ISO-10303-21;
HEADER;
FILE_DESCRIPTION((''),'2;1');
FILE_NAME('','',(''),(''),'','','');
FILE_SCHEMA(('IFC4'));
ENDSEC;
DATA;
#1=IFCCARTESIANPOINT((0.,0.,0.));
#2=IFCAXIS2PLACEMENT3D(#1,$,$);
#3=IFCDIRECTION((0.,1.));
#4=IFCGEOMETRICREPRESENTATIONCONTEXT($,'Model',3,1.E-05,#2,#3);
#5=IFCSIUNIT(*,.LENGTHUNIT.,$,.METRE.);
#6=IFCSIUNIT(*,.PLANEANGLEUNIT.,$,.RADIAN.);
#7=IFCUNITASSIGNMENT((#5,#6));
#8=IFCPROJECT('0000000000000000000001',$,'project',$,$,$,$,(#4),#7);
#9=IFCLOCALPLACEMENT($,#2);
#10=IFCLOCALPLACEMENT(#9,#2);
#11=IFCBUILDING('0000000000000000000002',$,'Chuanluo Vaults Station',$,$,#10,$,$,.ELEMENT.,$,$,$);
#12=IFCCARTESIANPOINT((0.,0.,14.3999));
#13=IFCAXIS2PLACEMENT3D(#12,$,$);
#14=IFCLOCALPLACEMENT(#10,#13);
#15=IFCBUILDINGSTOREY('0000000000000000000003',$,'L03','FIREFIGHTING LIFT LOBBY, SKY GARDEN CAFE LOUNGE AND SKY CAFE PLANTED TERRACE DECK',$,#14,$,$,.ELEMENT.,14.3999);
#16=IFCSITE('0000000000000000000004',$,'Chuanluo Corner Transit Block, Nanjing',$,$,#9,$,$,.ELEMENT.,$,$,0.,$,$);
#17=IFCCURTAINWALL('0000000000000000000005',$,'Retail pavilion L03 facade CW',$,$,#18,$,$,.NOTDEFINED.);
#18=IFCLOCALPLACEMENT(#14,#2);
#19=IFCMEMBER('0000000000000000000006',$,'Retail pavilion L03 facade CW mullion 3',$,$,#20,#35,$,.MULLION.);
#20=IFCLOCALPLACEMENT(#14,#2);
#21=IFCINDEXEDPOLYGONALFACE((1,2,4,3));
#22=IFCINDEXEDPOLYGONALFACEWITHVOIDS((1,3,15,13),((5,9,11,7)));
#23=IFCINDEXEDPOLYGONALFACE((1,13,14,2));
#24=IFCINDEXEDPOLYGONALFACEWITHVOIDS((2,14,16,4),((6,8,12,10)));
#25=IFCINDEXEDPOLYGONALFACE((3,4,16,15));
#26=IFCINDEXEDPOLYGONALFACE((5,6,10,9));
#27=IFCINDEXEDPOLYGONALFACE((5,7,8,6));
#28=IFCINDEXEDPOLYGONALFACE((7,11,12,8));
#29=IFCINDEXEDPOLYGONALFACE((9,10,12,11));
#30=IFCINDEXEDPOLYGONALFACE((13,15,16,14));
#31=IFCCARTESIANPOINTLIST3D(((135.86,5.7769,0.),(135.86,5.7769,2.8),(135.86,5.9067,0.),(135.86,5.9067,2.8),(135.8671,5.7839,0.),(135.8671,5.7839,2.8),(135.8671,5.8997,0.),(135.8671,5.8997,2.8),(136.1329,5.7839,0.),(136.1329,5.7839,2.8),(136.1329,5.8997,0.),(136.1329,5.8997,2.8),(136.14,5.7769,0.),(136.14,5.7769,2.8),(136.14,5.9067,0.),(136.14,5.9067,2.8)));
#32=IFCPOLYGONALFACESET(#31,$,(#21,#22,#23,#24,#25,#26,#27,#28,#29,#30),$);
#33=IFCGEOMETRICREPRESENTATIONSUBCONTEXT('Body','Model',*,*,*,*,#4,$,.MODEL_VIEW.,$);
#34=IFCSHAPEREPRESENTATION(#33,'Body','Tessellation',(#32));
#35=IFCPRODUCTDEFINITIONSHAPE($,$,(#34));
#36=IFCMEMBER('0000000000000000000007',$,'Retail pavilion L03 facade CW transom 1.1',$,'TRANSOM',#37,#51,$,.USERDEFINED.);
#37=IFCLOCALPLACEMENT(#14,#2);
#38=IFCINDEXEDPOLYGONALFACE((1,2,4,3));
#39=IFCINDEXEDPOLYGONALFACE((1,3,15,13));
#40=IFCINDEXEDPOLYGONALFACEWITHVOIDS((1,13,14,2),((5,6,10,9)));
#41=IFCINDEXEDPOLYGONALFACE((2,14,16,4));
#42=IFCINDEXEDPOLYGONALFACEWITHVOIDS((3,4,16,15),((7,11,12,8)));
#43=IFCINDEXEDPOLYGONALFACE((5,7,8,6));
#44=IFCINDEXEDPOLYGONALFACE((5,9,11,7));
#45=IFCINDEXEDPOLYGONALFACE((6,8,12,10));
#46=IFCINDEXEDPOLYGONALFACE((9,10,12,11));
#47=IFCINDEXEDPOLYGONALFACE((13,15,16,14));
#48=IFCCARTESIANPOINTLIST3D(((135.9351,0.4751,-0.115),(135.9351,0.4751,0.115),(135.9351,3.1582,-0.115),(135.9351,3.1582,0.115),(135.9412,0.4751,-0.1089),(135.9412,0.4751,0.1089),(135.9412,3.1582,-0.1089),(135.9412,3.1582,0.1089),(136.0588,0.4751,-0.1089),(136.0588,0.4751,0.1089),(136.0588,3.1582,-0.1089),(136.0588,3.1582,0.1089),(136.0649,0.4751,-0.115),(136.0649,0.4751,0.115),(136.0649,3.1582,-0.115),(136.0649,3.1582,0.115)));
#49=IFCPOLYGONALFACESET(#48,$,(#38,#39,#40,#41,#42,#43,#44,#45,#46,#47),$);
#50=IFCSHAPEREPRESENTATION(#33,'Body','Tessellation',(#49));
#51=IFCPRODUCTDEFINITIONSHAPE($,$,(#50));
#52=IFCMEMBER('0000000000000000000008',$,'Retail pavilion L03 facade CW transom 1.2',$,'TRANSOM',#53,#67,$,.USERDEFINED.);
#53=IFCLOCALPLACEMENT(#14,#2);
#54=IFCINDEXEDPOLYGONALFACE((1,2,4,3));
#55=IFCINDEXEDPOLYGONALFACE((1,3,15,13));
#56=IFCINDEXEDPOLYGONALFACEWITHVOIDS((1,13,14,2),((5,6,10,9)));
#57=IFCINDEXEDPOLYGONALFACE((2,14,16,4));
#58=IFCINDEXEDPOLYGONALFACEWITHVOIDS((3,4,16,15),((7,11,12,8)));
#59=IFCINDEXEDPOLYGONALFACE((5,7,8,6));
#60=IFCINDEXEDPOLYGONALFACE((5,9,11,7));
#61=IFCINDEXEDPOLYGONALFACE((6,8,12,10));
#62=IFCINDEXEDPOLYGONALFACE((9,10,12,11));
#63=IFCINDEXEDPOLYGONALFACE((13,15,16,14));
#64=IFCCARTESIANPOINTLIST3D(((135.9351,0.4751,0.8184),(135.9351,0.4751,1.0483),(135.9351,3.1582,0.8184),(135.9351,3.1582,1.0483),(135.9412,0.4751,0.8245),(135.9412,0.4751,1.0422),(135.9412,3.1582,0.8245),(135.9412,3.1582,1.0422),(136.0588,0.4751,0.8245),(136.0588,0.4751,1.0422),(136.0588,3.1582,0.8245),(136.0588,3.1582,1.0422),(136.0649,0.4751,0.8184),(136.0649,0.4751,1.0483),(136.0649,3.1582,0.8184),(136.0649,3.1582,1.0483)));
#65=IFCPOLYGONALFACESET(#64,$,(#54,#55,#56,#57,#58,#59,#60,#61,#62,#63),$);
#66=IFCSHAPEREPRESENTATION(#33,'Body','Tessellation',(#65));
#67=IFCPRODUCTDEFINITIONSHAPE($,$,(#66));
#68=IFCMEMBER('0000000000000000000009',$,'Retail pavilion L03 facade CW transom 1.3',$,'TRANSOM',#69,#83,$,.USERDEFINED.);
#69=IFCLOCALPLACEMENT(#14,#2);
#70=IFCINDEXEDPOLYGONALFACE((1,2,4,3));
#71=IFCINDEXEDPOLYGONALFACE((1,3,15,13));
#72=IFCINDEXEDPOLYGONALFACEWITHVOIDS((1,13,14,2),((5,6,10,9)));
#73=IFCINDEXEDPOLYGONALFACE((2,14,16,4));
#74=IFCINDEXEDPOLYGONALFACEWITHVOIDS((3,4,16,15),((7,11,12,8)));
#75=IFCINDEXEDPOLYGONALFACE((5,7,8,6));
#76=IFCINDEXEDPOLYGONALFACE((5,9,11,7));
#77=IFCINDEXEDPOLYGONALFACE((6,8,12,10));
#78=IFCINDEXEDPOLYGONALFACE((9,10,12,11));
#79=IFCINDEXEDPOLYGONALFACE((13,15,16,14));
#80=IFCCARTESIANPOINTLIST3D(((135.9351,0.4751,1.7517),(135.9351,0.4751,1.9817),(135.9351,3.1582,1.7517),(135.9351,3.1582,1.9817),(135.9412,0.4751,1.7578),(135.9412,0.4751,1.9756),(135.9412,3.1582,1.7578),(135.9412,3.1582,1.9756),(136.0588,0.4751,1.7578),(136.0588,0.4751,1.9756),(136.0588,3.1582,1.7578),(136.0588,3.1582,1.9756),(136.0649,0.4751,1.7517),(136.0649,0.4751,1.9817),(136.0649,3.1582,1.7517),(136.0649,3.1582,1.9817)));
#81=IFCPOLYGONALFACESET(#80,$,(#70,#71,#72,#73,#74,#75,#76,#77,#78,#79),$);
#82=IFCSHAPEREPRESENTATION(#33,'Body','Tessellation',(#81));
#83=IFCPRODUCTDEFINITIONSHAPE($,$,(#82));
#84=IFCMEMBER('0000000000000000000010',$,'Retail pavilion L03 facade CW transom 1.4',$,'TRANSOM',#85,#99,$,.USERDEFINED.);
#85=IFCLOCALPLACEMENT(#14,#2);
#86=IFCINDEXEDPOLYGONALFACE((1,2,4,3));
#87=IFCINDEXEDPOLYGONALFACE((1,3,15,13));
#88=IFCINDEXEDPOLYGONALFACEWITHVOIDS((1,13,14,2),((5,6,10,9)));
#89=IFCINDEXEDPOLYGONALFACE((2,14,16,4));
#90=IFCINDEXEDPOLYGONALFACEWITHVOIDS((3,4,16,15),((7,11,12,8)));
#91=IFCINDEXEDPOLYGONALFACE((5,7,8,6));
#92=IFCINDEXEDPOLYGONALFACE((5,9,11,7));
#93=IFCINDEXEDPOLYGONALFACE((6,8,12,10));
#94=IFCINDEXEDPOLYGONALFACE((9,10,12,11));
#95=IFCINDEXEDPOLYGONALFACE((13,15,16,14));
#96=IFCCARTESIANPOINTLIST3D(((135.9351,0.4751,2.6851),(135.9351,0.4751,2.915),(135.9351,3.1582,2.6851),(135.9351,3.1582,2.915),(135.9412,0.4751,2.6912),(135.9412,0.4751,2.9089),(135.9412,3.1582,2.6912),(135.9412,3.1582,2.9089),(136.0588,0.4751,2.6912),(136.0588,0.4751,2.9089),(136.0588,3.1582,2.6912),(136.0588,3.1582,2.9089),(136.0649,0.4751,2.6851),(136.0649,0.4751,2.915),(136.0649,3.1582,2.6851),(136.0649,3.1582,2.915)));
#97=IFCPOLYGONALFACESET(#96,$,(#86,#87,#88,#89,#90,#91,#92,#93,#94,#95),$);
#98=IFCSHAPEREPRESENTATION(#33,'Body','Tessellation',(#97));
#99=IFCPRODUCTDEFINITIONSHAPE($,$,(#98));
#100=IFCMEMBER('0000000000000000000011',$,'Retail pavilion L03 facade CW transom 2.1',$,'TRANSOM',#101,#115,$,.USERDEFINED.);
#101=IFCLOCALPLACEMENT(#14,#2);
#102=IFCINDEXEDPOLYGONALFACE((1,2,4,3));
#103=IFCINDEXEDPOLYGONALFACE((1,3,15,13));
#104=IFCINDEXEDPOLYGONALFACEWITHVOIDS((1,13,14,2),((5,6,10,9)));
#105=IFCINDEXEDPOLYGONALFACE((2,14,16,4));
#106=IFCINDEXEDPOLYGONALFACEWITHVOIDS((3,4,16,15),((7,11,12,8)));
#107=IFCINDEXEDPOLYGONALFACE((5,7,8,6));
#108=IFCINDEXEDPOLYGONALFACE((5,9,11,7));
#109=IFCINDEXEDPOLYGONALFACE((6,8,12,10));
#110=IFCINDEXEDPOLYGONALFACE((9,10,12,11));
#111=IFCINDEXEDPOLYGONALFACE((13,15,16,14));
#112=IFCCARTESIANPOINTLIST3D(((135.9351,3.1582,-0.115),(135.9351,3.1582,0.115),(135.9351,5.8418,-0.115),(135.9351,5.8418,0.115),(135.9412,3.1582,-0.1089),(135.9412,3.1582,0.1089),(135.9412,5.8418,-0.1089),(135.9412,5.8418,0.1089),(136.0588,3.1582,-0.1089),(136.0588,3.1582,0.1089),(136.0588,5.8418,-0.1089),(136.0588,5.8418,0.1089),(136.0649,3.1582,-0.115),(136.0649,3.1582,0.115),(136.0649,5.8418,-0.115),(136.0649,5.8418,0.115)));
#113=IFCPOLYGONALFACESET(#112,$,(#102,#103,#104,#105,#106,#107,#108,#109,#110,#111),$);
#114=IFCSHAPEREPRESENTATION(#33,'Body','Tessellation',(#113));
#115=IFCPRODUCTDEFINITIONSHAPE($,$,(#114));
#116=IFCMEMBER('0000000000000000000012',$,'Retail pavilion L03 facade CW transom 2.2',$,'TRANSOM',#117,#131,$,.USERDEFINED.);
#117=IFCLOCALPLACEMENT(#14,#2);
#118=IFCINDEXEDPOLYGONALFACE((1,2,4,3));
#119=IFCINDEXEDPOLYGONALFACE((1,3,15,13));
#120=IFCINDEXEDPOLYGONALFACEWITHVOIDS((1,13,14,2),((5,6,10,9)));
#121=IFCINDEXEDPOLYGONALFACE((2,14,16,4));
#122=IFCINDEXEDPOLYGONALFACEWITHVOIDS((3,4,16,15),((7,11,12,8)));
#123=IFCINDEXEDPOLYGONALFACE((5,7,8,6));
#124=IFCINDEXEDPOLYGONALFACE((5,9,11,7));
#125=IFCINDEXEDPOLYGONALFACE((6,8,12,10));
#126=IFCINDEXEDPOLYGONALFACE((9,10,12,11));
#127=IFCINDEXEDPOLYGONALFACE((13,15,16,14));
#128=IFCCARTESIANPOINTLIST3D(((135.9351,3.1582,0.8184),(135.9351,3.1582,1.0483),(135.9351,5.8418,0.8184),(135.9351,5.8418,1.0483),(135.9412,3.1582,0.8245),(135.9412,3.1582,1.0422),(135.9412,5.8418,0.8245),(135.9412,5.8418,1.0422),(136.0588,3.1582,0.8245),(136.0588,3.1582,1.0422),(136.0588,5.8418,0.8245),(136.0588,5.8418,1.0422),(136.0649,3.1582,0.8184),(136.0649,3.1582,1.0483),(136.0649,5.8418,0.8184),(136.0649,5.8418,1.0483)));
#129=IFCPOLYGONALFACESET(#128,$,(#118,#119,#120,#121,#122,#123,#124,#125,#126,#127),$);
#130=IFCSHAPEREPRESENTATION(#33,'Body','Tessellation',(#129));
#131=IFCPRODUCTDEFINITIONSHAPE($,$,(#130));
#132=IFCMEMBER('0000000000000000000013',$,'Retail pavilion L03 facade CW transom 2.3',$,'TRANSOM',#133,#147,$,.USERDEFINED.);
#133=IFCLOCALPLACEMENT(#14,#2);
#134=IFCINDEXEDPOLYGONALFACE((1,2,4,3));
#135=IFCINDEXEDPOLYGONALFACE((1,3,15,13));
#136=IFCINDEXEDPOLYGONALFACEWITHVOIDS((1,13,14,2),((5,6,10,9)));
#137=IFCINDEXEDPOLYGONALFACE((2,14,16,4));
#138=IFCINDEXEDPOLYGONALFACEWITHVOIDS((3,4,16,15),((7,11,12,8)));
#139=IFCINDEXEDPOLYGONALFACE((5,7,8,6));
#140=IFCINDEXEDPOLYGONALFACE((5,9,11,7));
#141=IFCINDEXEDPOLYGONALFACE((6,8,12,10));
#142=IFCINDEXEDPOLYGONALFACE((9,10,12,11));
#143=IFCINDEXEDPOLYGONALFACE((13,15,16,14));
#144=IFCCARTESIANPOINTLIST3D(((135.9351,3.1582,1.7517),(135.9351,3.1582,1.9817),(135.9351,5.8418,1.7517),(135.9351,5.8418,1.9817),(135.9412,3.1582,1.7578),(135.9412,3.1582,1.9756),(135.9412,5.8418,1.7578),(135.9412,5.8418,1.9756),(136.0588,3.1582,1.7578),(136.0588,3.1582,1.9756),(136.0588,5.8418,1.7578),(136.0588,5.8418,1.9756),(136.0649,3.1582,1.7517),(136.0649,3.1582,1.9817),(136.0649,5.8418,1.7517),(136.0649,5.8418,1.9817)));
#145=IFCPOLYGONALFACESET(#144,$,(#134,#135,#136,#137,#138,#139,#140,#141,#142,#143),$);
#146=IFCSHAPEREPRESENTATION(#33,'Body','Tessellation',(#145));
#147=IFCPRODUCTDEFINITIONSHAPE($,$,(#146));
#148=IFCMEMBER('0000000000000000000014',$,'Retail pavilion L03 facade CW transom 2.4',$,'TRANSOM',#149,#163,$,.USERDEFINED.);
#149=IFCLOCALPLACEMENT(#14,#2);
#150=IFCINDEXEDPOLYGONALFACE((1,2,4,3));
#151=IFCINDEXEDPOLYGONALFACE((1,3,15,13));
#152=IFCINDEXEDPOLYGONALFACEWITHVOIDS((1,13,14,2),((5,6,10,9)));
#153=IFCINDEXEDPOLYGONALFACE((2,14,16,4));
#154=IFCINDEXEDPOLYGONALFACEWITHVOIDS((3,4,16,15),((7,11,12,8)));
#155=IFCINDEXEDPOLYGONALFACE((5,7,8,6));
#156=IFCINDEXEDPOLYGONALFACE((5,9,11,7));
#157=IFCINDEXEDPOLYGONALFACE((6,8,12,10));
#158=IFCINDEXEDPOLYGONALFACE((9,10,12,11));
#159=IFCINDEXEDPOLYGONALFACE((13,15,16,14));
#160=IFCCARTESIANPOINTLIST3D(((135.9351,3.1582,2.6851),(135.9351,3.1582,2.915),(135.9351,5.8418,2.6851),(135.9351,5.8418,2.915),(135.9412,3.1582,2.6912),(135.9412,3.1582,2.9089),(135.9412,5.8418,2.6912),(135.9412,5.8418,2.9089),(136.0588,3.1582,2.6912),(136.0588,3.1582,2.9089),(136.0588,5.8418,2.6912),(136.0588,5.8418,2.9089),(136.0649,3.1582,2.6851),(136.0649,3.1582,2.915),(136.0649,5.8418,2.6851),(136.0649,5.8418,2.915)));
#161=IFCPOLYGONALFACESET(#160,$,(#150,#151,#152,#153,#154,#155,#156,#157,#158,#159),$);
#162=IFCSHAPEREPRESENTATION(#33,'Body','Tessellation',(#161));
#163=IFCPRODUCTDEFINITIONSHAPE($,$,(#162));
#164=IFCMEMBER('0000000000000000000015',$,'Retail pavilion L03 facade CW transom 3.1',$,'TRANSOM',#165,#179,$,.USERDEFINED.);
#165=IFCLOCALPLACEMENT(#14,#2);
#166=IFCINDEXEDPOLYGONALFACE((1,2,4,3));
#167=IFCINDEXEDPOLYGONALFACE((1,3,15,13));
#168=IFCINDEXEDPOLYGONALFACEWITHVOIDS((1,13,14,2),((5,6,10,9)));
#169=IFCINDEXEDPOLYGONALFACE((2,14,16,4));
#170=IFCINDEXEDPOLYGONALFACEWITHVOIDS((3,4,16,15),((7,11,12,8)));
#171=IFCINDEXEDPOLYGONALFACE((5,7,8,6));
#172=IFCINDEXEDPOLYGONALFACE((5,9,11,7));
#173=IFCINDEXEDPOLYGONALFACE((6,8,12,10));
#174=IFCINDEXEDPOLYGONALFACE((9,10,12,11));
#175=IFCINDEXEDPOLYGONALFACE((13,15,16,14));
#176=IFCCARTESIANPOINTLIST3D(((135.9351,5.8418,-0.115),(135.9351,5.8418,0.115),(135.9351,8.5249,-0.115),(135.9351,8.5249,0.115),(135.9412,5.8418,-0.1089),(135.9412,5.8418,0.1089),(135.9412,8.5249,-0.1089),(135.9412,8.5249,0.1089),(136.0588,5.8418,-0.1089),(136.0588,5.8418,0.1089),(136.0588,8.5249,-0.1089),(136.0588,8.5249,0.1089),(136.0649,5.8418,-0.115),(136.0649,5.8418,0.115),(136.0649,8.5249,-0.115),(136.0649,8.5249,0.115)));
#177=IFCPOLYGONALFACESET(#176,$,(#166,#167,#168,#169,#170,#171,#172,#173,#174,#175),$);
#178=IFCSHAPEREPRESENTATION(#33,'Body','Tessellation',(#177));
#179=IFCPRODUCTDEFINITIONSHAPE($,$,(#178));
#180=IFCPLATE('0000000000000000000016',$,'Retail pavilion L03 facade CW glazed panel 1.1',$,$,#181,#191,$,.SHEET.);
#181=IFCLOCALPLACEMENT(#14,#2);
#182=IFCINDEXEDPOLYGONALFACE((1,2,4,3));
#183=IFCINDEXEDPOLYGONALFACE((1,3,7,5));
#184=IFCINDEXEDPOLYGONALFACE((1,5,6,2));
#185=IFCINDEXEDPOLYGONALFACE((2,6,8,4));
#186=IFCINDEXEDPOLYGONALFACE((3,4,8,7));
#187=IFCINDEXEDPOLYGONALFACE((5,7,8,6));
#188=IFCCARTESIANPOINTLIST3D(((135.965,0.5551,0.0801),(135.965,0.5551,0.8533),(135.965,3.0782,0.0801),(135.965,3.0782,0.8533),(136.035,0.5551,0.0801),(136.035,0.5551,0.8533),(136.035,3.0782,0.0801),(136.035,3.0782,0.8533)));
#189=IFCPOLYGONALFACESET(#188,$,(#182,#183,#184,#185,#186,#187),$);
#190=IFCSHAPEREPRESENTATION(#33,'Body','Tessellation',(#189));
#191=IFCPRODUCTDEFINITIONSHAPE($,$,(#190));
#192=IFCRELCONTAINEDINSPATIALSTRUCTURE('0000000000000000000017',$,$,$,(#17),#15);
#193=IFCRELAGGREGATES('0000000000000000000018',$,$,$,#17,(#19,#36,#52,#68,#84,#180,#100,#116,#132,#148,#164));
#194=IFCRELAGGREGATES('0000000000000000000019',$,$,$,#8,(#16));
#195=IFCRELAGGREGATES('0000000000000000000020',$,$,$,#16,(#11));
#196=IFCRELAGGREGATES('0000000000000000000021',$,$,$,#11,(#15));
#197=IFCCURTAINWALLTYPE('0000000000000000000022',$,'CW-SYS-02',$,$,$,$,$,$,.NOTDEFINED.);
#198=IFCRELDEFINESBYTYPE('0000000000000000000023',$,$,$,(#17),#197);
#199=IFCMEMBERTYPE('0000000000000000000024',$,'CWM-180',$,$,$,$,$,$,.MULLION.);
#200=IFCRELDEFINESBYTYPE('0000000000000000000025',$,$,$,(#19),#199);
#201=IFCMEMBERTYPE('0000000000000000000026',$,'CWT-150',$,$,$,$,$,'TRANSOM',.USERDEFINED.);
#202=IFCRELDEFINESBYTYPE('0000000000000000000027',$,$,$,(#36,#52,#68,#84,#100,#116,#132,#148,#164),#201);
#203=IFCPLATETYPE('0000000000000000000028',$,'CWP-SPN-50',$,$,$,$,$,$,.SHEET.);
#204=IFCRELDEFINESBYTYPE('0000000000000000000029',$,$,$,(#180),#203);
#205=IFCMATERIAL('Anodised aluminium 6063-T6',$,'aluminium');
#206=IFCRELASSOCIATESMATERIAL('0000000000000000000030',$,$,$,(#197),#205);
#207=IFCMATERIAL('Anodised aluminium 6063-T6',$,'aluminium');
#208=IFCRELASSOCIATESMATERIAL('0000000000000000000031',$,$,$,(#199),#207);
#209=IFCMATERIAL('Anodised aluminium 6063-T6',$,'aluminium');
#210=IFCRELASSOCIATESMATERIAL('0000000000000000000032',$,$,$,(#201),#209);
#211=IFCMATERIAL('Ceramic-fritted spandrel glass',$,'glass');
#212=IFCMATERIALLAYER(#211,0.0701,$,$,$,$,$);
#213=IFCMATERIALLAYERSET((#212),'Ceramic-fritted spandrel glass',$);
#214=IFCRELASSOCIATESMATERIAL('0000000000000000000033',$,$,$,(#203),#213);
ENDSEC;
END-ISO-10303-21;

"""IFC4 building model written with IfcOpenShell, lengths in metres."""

from ifc_helpers import new_model, si_unit, direction, frame, origin, origin_2d, place, context, subcontext, project, spatial, rectangle, hollow_rectangle, extrude, material, layer, layer_set, material_profile, profile_set, type_object, element, aggregate, save


model = new_model("IFC4")

# Units and contexts
model_context = context("Model", 3, precision=1e-05, world=origin(), true_north=direction((0.0, 1.0)))
body_context = subcontext(model_context, "Body", "Model", "MODEL_VIEW")
ifc_project = project(units=[si_unit("LENGTHUNIT", "METRE"), si_unit("PLANEANGLEUNIT", "RADIAN")], contexts=[model_context])

# Site, building, storey
site_placement = place(None, origin())
site = spatial("IfcSite", under=ifc_project, at=site_placement, Name="Chuanluo Corner Transit Block, Nanjing", CompositionType="ELEMENT", RefElevation=0.0)
building_placement = place(site_placement, origin())
building = spatial("IfcBuilding", under=site, at=building_placement, Name="Chuanluo Vaults Station", CompositionType="ELEMENT")
storey_placement = place(building_placement, frame((0.0, 0.0, 14.3999)))
storey = spatial("IfcBuildingStorey", under=building, at=storey_placement, Name="L03", Description="FIREFIGHTING LIFT LOBBY, SKY GARDEN CAFE LOUNGE AND SKY CAFE PLANTED TERRACE DECK", CompositionType="ELEMENT", Elevation=14.3999)

# Curtain wall, members, plate
ifc_material_1 = material(Name="Anodised aluminium 6063-T6", Category="aluminium")
curtain_wall_type = type_object("IfcCurtainWallType", Name="CW-SYS-02", PredefinedType="NOTDEFINED", material=ifc_material_1)
curtain_wall_placement = place(storey_placement, origin())
curtain_wall = element("IfcCurtainWall", 1, at=curtain_wall_placement, inside=storey, type_object=curtain_wall_type, Name="Retail pavilion L03 facade CW", PredefinedType="NOTDEFINED")
ifc_material_2 = material(Name="Anodised aluminium 6063-T6", Category="aluminium")
ifc_material_profile_1 = material_profile(ifc_material_2, hollow_rectangle(XDim=0.1299, YDim=0.28, WallThickness=0.0071, at=origin_2d()))
ifc_profile_set_1 = profile_set([ifc_material_profile_1], Name="Anodised aluminium 6063-T6")
member_type_1 = type_object("IfcMemberType", Name="CWM-180", PredefinedType="MULLION", material=ifc_profile_set_1)
member_1_placement = place(storey_placement, frame((136.0, 5.8418, 0.0), z_axis=(0.0, 0.0, 1.0), x_axis=(0.0, 1.0, 0.0)))
member_1 = element("IfcMember", 2, at=member_1_placement, type_object=member_type_1, Name="Retail pavilion L03 facade CW mullion 3", PredefinedType="MULLION", context=body_context, shape_type="SweptSolid", body=[
    extrude(hollow_rectangle(XDim=0.1299, YDim=0.28, WallThickness=0.0071, at=origin_2d()), origin(), (0.0, 0.0, 1.0), 2.8),
])
ifc_material_3 = material(Name="Anodised aluminium 6063-T6", Category="aluminium")
ifc_material_profile_2 = material_profile(ifc_material_3, hollow_rectangle(XDim=0.1299, YDim=0.23, WallThickness=0.0061, at=origin_2d()))
ifc_profile_set_2 = profile_set([ifc_material_profile_2], Name="Anodised aluminium 6063-T6")
member_type_2 = type_object("IfcMemberType", Name="CWT-150", ElementType="TRANSOM", PredefinedType="USERDEFINED", material=ifc_profile_set_2)
member_2_placement = place(storey_placement, frame((136.0, 0.4751, 0.0), z_axis=(0.0, 1.0, 0.0), x_axis=(-1.0, 0.0, 0.0)))
member_2 = element("IfcMember", 3, at=member_2_placement, type_object=member_type_2, Name="Retail pavilion L03 facade CW transom 1.1", ObjectType="TRANSOM", PredefinedType="USERDEFINED", context=body_context, shape_type="SweptSolid", body=[
    extrude(hollow_rectangle(XDim=0.1299, YDim=0.23, WallThickness=0.0061, at=origin_2d()), origin(), (0.0, 0.0, 1.0), 2.6831),
])
member_3_placement = place(storey_placement, frame((136.0, 0.4751, 0.9333), z_axis=(0.0, 1.0, 0.0), x_axis=(-1.0, 0.0, 0.0)))
member_3 = element("IfcMember", 4, at=member_3_placement, type_object=member_type_2, Name="Retail pavilion L03 facade CW transom 1.2", ObjectType="TRANSOM", PredefinedType="USERDEFINED", context=body_context, shape_type="SweptSolid", body=[
    extrude(hollow_rectangle(XDim=0.1299, YDim=0.23, WallThickness=0.0061, at=origin_2d()), origin(), (0.0, 0.0, 1.0), 2.6831),
])
member_4_placement = place(storey_placement, frame((136.0, 0.4751, 1.8667), z_axis=(0.0, 1.0, 0.0), x_axis=(-1.0, 0.0, 0.0)))
member_4 = element("IfcMember", 5, at=member_4_placement, type_object=member_type_2, Name="Retail pavilion L03 facade CW transom 1.3", ObjectType="TRANSOM", PredefinedType="USERDEFINED", context=body_context, shape_type="SweptSolid", body=[
    extrude(hollow_rectangle(XDim=0.1299, YDim=0.23, WallThickness=0.0061, at=origin_2d()), origin(), (0.0, 0.0, 1.0), 2.6831),
])
member_5_placement = place(storey_placement, frame((136.0, 0.4751, 2.8), z_axis=(0.0, 1.0, 0.0), x_axis=(-1.0, 0.0, 0.0)))
member_5 = element("IfcMember", 6, at=member_5_placement, type_object=member_type_2, Name="Retail pavilion L03 facade CW transom 1.4", ObjectType="TRANSOM", PredefinedType="USERDEFINED", context=body_context, shape_type="SweptSolid", body=[
    extrude(hollow_rectangle(XDim=0.1299, YDim=0.23, WallThickness=0.0061, at=origin_2d()), origin(), (0.0, 0.0, 1.0), 2.6831),
])
member_6_placement = place(storey_placement, frame((136.0, 3.1582, 0.0), z_axis=(0.0, 1.0, 0.0), x_axis=(-1.0, 0.0, 0.0)))
member_6 = element("IfcMember", 7, at=member_6_placement, type_object=member_type_2, Name="Retail pavilion L03 facade CW transom 2.1", ObjectType="TRANSOM", PredefinedType="USERDEFINED", context=body_context, shape_type="SweptSolid", body=[
    extrude(hollow_rectangle(XDim=0.1299, YDim=0.23, WallThickness=0.0061, at=origin_2d()), origin(), (0.0, 0.0, 1.0), 2.6836),
])
member_7_placement = place(storey_placement, frame((136.0, 3.1582, 0.9333), z_axis=(0.0, 1.0, 0.0), x_axis=(-1.0, 0.0, 0.0)))
member_7 = element("IfcMember", 8, at=member_7_placement, type_object=member_type_2, Name="Retail pavilion L03 facade CW transom 2.2", ObjectType="TRANSOM", PredefinedType="USERDEFINED", context=body_context, shape_type="SweptSolid", body=[
    extrude(hollow_rectangle(XDim=0.1299, YDim=0.23, WallThickness=0.0061, at=origin_2d()), origin(), (0.0, 0.0, 1.0), 2.6836),
])
member_8_placement = place(storey_placement, frame((136.0, 3.1582, 1.8667), z_axis=(0.0, 1.0, 0.0), x_axis=(-1.0, 0.0, 0.0)))
member_8 = element("IfcMember", 9, at=member_8_placement, type_object=member_type_2, Name="Retail pavilion L03 facade CW transom 2.3", ObjectType="TRANSOM", PredefinedType="USERDEFINED", context=body_context, shape_type="SweptSolid", body=[
    extrude(hollow_rectangle(XDim=0.1299, YDim=0.23, WallThickness=0.0061, at=origin_2d()), origin(), (0.0, 0.0, 1.0), 2.6836),
])
member_9_placement = place(storey_placement, frame((136.0, 3.1582, 2.8), z_axis=(0.0, 1.0, 0.0), x_axis=(-1.0, 0.0, 0.0)))
member_9 = element("IfcMember", 10, at=member_9_placement, type_object=member_type_2, Name="Retail pavilion L03 facade CW transom 2.4", ObjectType="TRANSOM", PredefinedType="USERDEFINED", context=body_context, shape_type="SweptSolid", body=[
    extrude(hollow_rectangle(XDim=0.1299, YDim=0.23, WallThickness=0.0061, at=origin_2d()), origin(), (0.0, 0.0, 1.0), 2.6836),
])
member_10_placement = place(storey_placement, frame((136.0, 5.8418, 0.0), z_axis=(0.0, 1.0, 0.0), x_axis=(-1.0, 0.0, 0.0)))
member_10 = element("IfcMember", 11, at=member_10_placement, type_object=member_type_2, Name="Retail pavilion L03 facade CW transom 3.1", ObjectType="TRANSOM", PredefinedType="USERDEFINED", context=body_context, shape_type="SweptSolid", body=[
    extrude(hollow_rectangle(XDim=0.1299, YDim=0.23, WallThickness=0.0061, at=origin_2d()), origin(), (0.0, 0.0, 1.0), 2.6831),
])
ifc_material_4 = material(Name="Ceramic-fritted spandrel glass", Category="glass")
ifc_layer_1 = layer(ifc_material_4, 0.0701)
ifc_layer_set_1 = layer_set([ifc_layer_1], Name="Ceramic-fritted spandrel glass")
plate_type_1 = type_object("IfcPlateType", Name="CWP-SPN-50", PredefinedType="SHEET", material=ifc_layer_set_1)
plate_1_placement = place(storey_placement, frame((136.0, 1.8167, 0.0801), z_axis=(0.0, 0.0, 1.0), x_axis=(0.0, 1.0, 0.0)))
plate_1 = element("IfcPlate", 12, at=plate_1_placement, type_object=plate_type_1, Name="Retail pavilion L03 facade CW glazed panel 1.1", PredefinedType="SHEET", context=body_context, shape_type="SweptSolid", body=[
    extrude(rectangle(XDim=2.5232, YDim=0.0701, at=origin_2d()), origin(), (0.0, 0.0, 1.0), 0.7732),
])
aggregate(curtain_wall, [member_1, member_2, member_3, member_4, member_5, plate_1, member_6, member_7, member_8, member_9, member_10])

save(model, "model.ifc")
